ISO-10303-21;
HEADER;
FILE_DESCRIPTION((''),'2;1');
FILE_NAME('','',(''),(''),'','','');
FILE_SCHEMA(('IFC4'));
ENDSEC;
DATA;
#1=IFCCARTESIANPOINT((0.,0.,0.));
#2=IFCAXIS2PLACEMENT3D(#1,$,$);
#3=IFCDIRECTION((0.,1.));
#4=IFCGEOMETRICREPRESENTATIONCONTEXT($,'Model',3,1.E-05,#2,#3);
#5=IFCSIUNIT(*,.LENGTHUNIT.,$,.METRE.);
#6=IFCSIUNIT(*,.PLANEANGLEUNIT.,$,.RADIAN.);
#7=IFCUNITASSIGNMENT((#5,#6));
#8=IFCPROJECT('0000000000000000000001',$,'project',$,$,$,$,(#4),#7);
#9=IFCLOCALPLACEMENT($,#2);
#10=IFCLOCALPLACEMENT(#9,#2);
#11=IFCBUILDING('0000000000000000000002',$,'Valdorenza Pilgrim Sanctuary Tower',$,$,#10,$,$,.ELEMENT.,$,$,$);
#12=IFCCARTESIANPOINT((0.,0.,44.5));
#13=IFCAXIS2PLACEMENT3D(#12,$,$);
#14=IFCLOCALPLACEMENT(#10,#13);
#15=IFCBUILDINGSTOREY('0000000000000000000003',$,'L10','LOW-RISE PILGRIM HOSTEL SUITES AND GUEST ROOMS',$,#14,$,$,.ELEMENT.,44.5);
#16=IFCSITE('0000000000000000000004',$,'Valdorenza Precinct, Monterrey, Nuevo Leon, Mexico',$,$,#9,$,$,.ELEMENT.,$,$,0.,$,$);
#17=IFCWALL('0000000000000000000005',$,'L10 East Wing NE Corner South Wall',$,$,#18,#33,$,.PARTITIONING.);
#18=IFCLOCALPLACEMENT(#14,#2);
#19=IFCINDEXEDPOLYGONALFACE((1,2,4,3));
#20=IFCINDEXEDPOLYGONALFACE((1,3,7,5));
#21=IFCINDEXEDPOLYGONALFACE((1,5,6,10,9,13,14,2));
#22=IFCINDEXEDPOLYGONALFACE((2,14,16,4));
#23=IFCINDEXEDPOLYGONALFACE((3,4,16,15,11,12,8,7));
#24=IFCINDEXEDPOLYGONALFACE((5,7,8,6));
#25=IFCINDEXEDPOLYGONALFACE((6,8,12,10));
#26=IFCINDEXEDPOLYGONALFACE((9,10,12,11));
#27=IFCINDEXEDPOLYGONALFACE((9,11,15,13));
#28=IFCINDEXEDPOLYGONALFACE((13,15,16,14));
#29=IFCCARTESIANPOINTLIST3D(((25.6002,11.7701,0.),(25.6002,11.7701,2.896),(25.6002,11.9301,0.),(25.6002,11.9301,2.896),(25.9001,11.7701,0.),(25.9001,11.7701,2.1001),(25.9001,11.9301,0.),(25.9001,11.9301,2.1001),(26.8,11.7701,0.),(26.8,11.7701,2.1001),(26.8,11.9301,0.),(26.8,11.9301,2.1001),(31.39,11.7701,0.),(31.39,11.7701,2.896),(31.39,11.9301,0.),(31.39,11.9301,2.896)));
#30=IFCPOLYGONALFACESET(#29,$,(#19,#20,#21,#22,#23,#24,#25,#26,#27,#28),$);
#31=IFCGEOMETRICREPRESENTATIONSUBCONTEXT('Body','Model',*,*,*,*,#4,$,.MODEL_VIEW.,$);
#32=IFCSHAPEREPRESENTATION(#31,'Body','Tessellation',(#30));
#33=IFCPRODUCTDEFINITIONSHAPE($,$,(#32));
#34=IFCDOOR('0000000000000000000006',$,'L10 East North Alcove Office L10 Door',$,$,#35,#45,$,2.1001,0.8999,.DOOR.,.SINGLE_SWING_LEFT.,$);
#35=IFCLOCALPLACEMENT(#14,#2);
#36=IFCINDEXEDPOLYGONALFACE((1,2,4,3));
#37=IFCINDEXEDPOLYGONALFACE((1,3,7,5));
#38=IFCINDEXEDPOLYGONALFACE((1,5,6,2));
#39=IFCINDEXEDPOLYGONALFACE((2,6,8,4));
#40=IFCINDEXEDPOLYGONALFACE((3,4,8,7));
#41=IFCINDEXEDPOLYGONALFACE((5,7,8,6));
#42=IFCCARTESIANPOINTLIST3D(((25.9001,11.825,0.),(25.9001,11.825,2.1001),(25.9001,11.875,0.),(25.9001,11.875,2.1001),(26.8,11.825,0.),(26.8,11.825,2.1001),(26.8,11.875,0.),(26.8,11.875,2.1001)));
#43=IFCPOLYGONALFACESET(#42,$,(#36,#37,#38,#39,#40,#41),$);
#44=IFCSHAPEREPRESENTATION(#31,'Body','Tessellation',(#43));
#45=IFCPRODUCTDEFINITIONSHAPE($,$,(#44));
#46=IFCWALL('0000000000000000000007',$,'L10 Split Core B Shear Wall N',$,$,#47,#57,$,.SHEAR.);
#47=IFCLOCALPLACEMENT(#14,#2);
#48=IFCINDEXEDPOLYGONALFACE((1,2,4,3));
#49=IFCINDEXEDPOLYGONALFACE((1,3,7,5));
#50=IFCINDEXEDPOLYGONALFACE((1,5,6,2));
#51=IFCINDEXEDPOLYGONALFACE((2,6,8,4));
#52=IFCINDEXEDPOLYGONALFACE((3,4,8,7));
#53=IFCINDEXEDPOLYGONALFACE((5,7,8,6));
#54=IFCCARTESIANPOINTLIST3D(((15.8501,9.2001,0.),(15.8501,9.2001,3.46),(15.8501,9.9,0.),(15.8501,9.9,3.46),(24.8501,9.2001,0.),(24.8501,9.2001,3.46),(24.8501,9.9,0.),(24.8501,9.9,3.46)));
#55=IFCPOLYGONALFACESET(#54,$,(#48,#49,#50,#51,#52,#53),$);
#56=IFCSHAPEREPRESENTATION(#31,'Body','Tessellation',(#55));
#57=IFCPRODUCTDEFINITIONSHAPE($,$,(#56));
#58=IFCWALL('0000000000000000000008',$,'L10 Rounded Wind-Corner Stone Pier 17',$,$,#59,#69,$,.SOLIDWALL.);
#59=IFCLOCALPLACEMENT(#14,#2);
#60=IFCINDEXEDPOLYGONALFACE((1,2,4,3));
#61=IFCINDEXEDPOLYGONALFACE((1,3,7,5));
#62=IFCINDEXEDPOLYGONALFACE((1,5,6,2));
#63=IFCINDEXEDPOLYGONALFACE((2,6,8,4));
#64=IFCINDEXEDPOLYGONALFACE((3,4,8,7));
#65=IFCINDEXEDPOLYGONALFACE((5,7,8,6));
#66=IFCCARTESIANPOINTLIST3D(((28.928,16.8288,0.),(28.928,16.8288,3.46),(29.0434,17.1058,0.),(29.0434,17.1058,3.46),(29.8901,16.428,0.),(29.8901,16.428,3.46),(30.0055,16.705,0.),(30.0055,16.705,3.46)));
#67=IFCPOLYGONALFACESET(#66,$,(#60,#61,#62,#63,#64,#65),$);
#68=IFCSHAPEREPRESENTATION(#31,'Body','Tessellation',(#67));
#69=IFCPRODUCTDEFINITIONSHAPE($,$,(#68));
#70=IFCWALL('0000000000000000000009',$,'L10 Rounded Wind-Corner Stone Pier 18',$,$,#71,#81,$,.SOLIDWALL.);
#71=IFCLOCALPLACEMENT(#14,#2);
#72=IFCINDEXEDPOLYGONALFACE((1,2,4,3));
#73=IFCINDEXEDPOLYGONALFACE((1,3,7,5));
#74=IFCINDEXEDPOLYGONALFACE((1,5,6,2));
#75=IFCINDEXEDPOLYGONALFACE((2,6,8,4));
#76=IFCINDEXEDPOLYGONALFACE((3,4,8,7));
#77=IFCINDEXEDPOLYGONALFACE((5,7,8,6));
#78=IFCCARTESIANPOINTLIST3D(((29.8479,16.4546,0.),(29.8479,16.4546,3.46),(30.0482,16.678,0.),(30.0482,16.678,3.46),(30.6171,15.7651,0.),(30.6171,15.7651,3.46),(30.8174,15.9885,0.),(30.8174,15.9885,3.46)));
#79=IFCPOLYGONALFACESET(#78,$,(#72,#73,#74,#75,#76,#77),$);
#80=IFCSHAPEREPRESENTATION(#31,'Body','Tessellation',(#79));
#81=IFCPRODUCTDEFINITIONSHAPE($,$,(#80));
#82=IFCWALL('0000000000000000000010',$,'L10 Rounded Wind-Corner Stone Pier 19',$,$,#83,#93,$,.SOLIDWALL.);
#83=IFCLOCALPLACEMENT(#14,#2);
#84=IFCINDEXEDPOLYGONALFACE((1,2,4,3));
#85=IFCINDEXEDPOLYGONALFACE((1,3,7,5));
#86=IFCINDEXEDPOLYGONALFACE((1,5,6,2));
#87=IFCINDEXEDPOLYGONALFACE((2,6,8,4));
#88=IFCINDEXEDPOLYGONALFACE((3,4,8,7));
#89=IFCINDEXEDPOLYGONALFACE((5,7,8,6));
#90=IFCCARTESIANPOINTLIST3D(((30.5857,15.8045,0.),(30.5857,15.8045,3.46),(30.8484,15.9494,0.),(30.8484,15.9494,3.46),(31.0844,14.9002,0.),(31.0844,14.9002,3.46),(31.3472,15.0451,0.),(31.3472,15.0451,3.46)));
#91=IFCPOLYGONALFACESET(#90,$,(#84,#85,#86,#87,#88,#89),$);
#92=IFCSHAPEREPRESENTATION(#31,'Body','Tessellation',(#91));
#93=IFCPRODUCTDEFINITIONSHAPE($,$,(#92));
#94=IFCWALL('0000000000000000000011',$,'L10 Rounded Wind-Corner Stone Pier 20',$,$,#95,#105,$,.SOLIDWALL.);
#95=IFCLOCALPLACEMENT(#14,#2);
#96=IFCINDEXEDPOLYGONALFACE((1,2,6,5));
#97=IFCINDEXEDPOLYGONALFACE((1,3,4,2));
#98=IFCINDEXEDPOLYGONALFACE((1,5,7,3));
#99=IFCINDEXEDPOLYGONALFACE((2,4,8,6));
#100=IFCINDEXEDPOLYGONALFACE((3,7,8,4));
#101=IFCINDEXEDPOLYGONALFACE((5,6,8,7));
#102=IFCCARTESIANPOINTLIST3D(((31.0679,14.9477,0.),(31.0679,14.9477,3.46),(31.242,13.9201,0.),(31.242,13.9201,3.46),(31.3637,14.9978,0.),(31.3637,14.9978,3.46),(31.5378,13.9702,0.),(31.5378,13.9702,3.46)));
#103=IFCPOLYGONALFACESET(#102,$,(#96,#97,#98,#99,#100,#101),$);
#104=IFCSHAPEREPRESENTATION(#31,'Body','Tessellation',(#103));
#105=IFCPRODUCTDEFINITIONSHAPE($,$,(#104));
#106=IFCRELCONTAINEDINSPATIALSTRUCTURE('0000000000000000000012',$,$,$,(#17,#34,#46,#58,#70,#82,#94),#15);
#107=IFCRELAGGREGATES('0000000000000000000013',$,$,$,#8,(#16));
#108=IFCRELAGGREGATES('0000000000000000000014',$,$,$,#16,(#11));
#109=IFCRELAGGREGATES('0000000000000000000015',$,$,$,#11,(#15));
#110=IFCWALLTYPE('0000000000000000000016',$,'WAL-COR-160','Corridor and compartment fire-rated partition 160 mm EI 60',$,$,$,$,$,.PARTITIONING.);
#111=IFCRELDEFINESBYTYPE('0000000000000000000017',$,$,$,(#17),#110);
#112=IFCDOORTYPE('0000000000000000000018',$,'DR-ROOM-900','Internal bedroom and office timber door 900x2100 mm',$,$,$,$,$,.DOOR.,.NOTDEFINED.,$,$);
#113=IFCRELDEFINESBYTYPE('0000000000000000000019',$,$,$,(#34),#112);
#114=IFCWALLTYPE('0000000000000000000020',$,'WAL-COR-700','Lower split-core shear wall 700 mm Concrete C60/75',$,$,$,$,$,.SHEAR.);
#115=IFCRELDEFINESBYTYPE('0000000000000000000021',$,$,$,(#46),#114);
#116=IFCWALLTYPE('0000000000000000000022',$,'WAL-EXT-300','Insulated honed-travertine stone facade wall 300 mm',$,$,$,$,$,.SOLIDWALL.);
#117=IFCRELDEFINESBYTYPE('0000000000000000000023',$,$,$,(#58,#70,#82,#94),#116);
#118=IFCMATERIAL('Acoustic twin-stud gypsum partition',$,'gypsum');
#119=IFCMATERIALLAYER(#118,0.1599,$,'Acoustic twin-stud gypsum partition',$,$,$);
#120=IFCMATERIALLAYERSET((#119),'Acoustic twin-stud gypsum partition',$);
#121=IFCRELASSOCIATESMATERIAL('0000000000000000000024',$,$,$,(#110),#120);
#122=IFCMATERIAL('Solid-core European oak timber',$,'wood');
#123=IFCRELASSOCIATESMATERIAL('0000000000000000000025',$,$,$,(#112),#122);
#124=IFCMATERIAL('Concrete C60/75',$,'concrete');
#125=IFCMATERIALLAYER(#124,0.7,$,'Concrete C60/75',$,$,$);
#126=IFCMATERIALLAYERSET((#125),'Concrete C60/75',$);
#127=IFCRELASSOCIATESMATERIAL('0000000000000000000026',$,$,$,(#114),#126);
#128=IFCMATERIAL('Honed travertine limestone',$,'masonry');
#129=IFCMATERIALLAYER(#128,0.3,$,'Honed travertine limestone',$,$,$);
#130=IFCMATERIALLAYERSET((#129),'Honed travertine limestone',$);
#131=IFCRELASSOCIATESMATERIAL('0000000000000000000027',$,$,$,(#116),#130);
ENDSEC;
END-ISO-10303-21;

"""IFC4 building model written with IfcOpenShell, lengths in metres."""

from ifc_helpers import new_model, si_unit, direction, frame, frame_2d, origin, place, context, subcontext, project, spatial, rectangle, extrude, material, layer, layer_set, type_object, element, fill, save


model = new_model("IFC4")

# Units and contexts
model_context = context("Model", 3, precision=1e-05, world=origin(), true_north=direction((0.0, 1.0)))
body_context = subcontext(model_context, "Body", "Model", "MODEL_VIEW")
ifc_project = project(units=[si_unit("LENGTHUNIT", "METRE"), si_unit("PLANEANGLEUNIT", "RADIAN")], contexts=[model_context])

# Site, building, storey
site_placement = place(None, origin())
site = spatial("IfcSite", under=ifc_project, at=site_placement, Name="Valdorenza Precinct, Monterrey, Nuevo Leon, Mexico", CompositionType="ELEMENT", RefElevation=0.0)
building_placement = place(site_placement, origin())
building = spatial("IfcBuilding", under=site, at=building_placement, Name="Valdorenza Pilgrim Sanctuary Tower", CompositionType="ELEMENT")
storey_placement = place(building_placement, frame((0.0, 0.0, 44.5)))
storey = spatial("IfcBuildingStorey", under=building, at=storey_placement, Name="L10", Description="LOW-RISE PILGRIM HOSTEL SUITES AND GUEST ROOMS", CompositionType="ELEMENT", Elevation=44.5)

# Shared definitions
ifc_material_1 = material(Name="Concrete C60/75", Category="concrete")

# Shared definitions
ifc_material_2 = material(Name="Honed travertine limestone", Category="masonry")

# Shared definitions
ifc_material_3 = material(Name="Acoustic twin-stud gypsum partition", Category="gypsum")
ifc_layer_1 = layer(ifc_material_3, 0.1599, Name="Acoustic twin-stud gypsum partition")
ifc_layer_set_1 = layer_set([ifc_layer_1], Name="Acoustic twin-stud gypsum partition")
wall_type_1 = type_object("IfcWallType", Name="WAL-COR-160", Description="Corridor and compartment fire-rated partition 160 mm EI 60", PredefinedType="PARTITIONING", material=ifc_layer_set_1)

# Wall, opening, door
wall_1_placement = place(storey_placement, frame((25.6001, 11.8501, 0.0), z_axis=(0.0, 0.0, 1.0), x_axis=(1.0, 0.0, 0.0)))
wall_1 = element("IfcWall", 1, at=wall_1_placement, inside=storey, type_object=wall_type_1, Name="L10 East Wing NE Corner South Wall", PredefinedType="PARTITIONING", context=body_context, shape_type="SweptSolid", body=[
    extrude(rectangle(XDim=5.7898, YDim=0.1599, at=frame_2d((2.895, 0.0))), origin(), (0.0, 0.0, 1.0), 2.896),
])
opening_placement = place(wall_1_placement, frame((0.3, 0.0, 0.0)))
opening = element("IfcOpeningElement", 2, at=opening_placement, cuts=wall_1, PredefinedType="OPENING", context=body_context, shape_type="SweptSolid", body=[
    extrude(rectangle(XDim=0.8999, YDim=2.1001, at=frame_2d((0.45, 1.05))), frame((0.0, 0.0947, 0.0), z_axis=(0.0, -1.0, 0.0), x_axis=(1.0, 0.0, 0.0)), (0.0, 0.0, 1.0), 0.1897),
])
ifc_material_4 = material(Name="Solid-core European oak timber", Category="wood")
door_type = type_object("IfcDoorType", Name="DR-ROOM-900", Description="Internal bedroom and office timber door 900x2100 mm", OperationType="NOTDEFINED", PredefinedType="DOOR", material=ifc_material_4)
door_placement = place(opening_placement, origin())
door = element("IfcDoor", 3, at=door_placement, inside=storey, type_object=door_type, Name="L10 East North Alcove Office L10 Door", OperationType="SINGLE_SWING_LEFT", OverallHeight=2.1001, OverallWidth=0.8999, PredefinedType="DOOR", context=body_context, shape_type="SweptSolid", body=[
    extrude(rectangle(XDim=0.8999, YDim=2.1001, at=frame_2d((0.45, 1.05))), frame((0.0, 0.0249, 0.0), z_axis=(0.0, -1.0, 0.0), x_axis=(1.0, 0.0, 0.0)), (0.0, 0.0, 1.0), 0.05),
])
fill(opening, door)

# Walls
ifc_layer_2 = layer(ifc_material_1, 0.7, Name="Concrete C60/75")
ifc_layer_set_2 = layer_set([ifc_layer_2], Name="Concrete C60/75")
wall_type_2 = type_object("IfcWallType", Name="WAL-COR-700", Description="Lower split-core shear wall 700 mm Concrete C60/75", PredefinedType="SHEAR", material=ifc_layer_set_2)
wall_2_placement = place(storey_placement, frame((15.8501, 9.55, 0.0), z_axis=(0.0, 0.0, 1.0), x_axis=(1.0, 0.0, 0.0)))
element("IfcWall", 4, at=wall_2_placement, inside=storey, type_object=wall_type_2, Name="L10 Split Core B Shear Wall N", PredefinedType="SHEAR", context=body_context, shape_type="SweptSolid", body=[
    extrude(rectangle(XDim=9.0, YDim=0.7, at=frame_2d((4.5, 0.0))), origin(), (0.0, 0.0, 1.0), 3.46),
])
ifc_layer_3 = layer(ifc_material_2, 0.3, Name="Honed travertine limestone")
ifc_layer_set_3 = layer_set([ifc_layer_3], Name="Honed travertine limestone")
wall_type_3 = type_object("IfcWallType", Name="WAL-EXT-300", Description="Insulated honed-travertine stone facade wall 300 mm", PredefinedType="SOLIDWALL", material=ifc_layer_set_3)
wall_3_placement = place(storey_placement, frame((28.9858, 16.9673, 0.0), z_axis=(0.0, 0.0, 1.0), x_axis=(0.923084, -0.384599, 0.0)))
element("IfcWall", 5, at=wall_3_placement, inside=storey, type_object=wall_type_3, Name="L10 Rounded Wind-Corner Stone Pier 17", PredefinedType="SOLIDWALL", context=body_context, shape_type="SweptSolid", body=[
    extrude(rectangle(XDim=1.0422, YDim=0.3, at=frame_2d((0.521, 0.0))), origin(), (0.0, 0.0, 1.0), 3.46),
])
wall_4_placement = place(storey_placement, frame((29.948, 16.5664, 0.0), z_axis=(0.0, 0.0, 1.0), x_axis=(0.744586, -0.667527, 0.0)))
element("IfcWall", 6, at=wall_4_placement, inside=storey, type_object=wall_type_3, Name="L10 Rounded Wind-Corner Stone Pier 18", PredefinedType="SOLIDWALL", context=body_context, shape_type="SweptSolid", body=[
    extrude(rectangle(XDim=1.033, YDim=0.3, at=frame_2d((0.5166, 0.0))), origin(), (0.0, 0.0, 1.0), 3.46),
])
wall_5_placement = place(storey_placement, frame((30.717, 15.877, 0.0), z_axis=(0.0, 0.0, 1.0), x_axis=(0.482971, -0.875636, 0.0)))
element("IfcWall", 7, at=wall_5_placement, inside=storey, type_object=wall_type_3, Name="L10 Rounded Wind-Corner Stone Pier 19", PredefinedType="SOLIDWALL", context=body_context, shape_type="SweptSolid", body=[
    extrude(rectangle(XDim=1.0327, YDim=0.3, at=frame_2d((0.5164, 0.0))), origin(), (0.0, 0.0, 1.0), 3.46),
])
wall_6_placement = place(storey_placement, frame((31.2158, 14.9727, 0.0), z_axis=(0.0, 0.0, 1.0), x_axis=(0.167019, -0.985954, 0.0)))
element("IfcWall", 8, at=wall_6_placement, inside=storey, type_object=wall_type_3, Name="L10 Rounded Wind-Corner Stone Pier 20", PredefinedType="SOLIDWALL", context=body_context, shape_type="SweptSolid", body=[
    extrude(rectangle(XDim=1.0422, YDim=0.3, at=frame_2d((0.521, 0.0))), origin(), (0.0, 0.0, 1.0), 3.46),
])

save(model, "model.ifc")
